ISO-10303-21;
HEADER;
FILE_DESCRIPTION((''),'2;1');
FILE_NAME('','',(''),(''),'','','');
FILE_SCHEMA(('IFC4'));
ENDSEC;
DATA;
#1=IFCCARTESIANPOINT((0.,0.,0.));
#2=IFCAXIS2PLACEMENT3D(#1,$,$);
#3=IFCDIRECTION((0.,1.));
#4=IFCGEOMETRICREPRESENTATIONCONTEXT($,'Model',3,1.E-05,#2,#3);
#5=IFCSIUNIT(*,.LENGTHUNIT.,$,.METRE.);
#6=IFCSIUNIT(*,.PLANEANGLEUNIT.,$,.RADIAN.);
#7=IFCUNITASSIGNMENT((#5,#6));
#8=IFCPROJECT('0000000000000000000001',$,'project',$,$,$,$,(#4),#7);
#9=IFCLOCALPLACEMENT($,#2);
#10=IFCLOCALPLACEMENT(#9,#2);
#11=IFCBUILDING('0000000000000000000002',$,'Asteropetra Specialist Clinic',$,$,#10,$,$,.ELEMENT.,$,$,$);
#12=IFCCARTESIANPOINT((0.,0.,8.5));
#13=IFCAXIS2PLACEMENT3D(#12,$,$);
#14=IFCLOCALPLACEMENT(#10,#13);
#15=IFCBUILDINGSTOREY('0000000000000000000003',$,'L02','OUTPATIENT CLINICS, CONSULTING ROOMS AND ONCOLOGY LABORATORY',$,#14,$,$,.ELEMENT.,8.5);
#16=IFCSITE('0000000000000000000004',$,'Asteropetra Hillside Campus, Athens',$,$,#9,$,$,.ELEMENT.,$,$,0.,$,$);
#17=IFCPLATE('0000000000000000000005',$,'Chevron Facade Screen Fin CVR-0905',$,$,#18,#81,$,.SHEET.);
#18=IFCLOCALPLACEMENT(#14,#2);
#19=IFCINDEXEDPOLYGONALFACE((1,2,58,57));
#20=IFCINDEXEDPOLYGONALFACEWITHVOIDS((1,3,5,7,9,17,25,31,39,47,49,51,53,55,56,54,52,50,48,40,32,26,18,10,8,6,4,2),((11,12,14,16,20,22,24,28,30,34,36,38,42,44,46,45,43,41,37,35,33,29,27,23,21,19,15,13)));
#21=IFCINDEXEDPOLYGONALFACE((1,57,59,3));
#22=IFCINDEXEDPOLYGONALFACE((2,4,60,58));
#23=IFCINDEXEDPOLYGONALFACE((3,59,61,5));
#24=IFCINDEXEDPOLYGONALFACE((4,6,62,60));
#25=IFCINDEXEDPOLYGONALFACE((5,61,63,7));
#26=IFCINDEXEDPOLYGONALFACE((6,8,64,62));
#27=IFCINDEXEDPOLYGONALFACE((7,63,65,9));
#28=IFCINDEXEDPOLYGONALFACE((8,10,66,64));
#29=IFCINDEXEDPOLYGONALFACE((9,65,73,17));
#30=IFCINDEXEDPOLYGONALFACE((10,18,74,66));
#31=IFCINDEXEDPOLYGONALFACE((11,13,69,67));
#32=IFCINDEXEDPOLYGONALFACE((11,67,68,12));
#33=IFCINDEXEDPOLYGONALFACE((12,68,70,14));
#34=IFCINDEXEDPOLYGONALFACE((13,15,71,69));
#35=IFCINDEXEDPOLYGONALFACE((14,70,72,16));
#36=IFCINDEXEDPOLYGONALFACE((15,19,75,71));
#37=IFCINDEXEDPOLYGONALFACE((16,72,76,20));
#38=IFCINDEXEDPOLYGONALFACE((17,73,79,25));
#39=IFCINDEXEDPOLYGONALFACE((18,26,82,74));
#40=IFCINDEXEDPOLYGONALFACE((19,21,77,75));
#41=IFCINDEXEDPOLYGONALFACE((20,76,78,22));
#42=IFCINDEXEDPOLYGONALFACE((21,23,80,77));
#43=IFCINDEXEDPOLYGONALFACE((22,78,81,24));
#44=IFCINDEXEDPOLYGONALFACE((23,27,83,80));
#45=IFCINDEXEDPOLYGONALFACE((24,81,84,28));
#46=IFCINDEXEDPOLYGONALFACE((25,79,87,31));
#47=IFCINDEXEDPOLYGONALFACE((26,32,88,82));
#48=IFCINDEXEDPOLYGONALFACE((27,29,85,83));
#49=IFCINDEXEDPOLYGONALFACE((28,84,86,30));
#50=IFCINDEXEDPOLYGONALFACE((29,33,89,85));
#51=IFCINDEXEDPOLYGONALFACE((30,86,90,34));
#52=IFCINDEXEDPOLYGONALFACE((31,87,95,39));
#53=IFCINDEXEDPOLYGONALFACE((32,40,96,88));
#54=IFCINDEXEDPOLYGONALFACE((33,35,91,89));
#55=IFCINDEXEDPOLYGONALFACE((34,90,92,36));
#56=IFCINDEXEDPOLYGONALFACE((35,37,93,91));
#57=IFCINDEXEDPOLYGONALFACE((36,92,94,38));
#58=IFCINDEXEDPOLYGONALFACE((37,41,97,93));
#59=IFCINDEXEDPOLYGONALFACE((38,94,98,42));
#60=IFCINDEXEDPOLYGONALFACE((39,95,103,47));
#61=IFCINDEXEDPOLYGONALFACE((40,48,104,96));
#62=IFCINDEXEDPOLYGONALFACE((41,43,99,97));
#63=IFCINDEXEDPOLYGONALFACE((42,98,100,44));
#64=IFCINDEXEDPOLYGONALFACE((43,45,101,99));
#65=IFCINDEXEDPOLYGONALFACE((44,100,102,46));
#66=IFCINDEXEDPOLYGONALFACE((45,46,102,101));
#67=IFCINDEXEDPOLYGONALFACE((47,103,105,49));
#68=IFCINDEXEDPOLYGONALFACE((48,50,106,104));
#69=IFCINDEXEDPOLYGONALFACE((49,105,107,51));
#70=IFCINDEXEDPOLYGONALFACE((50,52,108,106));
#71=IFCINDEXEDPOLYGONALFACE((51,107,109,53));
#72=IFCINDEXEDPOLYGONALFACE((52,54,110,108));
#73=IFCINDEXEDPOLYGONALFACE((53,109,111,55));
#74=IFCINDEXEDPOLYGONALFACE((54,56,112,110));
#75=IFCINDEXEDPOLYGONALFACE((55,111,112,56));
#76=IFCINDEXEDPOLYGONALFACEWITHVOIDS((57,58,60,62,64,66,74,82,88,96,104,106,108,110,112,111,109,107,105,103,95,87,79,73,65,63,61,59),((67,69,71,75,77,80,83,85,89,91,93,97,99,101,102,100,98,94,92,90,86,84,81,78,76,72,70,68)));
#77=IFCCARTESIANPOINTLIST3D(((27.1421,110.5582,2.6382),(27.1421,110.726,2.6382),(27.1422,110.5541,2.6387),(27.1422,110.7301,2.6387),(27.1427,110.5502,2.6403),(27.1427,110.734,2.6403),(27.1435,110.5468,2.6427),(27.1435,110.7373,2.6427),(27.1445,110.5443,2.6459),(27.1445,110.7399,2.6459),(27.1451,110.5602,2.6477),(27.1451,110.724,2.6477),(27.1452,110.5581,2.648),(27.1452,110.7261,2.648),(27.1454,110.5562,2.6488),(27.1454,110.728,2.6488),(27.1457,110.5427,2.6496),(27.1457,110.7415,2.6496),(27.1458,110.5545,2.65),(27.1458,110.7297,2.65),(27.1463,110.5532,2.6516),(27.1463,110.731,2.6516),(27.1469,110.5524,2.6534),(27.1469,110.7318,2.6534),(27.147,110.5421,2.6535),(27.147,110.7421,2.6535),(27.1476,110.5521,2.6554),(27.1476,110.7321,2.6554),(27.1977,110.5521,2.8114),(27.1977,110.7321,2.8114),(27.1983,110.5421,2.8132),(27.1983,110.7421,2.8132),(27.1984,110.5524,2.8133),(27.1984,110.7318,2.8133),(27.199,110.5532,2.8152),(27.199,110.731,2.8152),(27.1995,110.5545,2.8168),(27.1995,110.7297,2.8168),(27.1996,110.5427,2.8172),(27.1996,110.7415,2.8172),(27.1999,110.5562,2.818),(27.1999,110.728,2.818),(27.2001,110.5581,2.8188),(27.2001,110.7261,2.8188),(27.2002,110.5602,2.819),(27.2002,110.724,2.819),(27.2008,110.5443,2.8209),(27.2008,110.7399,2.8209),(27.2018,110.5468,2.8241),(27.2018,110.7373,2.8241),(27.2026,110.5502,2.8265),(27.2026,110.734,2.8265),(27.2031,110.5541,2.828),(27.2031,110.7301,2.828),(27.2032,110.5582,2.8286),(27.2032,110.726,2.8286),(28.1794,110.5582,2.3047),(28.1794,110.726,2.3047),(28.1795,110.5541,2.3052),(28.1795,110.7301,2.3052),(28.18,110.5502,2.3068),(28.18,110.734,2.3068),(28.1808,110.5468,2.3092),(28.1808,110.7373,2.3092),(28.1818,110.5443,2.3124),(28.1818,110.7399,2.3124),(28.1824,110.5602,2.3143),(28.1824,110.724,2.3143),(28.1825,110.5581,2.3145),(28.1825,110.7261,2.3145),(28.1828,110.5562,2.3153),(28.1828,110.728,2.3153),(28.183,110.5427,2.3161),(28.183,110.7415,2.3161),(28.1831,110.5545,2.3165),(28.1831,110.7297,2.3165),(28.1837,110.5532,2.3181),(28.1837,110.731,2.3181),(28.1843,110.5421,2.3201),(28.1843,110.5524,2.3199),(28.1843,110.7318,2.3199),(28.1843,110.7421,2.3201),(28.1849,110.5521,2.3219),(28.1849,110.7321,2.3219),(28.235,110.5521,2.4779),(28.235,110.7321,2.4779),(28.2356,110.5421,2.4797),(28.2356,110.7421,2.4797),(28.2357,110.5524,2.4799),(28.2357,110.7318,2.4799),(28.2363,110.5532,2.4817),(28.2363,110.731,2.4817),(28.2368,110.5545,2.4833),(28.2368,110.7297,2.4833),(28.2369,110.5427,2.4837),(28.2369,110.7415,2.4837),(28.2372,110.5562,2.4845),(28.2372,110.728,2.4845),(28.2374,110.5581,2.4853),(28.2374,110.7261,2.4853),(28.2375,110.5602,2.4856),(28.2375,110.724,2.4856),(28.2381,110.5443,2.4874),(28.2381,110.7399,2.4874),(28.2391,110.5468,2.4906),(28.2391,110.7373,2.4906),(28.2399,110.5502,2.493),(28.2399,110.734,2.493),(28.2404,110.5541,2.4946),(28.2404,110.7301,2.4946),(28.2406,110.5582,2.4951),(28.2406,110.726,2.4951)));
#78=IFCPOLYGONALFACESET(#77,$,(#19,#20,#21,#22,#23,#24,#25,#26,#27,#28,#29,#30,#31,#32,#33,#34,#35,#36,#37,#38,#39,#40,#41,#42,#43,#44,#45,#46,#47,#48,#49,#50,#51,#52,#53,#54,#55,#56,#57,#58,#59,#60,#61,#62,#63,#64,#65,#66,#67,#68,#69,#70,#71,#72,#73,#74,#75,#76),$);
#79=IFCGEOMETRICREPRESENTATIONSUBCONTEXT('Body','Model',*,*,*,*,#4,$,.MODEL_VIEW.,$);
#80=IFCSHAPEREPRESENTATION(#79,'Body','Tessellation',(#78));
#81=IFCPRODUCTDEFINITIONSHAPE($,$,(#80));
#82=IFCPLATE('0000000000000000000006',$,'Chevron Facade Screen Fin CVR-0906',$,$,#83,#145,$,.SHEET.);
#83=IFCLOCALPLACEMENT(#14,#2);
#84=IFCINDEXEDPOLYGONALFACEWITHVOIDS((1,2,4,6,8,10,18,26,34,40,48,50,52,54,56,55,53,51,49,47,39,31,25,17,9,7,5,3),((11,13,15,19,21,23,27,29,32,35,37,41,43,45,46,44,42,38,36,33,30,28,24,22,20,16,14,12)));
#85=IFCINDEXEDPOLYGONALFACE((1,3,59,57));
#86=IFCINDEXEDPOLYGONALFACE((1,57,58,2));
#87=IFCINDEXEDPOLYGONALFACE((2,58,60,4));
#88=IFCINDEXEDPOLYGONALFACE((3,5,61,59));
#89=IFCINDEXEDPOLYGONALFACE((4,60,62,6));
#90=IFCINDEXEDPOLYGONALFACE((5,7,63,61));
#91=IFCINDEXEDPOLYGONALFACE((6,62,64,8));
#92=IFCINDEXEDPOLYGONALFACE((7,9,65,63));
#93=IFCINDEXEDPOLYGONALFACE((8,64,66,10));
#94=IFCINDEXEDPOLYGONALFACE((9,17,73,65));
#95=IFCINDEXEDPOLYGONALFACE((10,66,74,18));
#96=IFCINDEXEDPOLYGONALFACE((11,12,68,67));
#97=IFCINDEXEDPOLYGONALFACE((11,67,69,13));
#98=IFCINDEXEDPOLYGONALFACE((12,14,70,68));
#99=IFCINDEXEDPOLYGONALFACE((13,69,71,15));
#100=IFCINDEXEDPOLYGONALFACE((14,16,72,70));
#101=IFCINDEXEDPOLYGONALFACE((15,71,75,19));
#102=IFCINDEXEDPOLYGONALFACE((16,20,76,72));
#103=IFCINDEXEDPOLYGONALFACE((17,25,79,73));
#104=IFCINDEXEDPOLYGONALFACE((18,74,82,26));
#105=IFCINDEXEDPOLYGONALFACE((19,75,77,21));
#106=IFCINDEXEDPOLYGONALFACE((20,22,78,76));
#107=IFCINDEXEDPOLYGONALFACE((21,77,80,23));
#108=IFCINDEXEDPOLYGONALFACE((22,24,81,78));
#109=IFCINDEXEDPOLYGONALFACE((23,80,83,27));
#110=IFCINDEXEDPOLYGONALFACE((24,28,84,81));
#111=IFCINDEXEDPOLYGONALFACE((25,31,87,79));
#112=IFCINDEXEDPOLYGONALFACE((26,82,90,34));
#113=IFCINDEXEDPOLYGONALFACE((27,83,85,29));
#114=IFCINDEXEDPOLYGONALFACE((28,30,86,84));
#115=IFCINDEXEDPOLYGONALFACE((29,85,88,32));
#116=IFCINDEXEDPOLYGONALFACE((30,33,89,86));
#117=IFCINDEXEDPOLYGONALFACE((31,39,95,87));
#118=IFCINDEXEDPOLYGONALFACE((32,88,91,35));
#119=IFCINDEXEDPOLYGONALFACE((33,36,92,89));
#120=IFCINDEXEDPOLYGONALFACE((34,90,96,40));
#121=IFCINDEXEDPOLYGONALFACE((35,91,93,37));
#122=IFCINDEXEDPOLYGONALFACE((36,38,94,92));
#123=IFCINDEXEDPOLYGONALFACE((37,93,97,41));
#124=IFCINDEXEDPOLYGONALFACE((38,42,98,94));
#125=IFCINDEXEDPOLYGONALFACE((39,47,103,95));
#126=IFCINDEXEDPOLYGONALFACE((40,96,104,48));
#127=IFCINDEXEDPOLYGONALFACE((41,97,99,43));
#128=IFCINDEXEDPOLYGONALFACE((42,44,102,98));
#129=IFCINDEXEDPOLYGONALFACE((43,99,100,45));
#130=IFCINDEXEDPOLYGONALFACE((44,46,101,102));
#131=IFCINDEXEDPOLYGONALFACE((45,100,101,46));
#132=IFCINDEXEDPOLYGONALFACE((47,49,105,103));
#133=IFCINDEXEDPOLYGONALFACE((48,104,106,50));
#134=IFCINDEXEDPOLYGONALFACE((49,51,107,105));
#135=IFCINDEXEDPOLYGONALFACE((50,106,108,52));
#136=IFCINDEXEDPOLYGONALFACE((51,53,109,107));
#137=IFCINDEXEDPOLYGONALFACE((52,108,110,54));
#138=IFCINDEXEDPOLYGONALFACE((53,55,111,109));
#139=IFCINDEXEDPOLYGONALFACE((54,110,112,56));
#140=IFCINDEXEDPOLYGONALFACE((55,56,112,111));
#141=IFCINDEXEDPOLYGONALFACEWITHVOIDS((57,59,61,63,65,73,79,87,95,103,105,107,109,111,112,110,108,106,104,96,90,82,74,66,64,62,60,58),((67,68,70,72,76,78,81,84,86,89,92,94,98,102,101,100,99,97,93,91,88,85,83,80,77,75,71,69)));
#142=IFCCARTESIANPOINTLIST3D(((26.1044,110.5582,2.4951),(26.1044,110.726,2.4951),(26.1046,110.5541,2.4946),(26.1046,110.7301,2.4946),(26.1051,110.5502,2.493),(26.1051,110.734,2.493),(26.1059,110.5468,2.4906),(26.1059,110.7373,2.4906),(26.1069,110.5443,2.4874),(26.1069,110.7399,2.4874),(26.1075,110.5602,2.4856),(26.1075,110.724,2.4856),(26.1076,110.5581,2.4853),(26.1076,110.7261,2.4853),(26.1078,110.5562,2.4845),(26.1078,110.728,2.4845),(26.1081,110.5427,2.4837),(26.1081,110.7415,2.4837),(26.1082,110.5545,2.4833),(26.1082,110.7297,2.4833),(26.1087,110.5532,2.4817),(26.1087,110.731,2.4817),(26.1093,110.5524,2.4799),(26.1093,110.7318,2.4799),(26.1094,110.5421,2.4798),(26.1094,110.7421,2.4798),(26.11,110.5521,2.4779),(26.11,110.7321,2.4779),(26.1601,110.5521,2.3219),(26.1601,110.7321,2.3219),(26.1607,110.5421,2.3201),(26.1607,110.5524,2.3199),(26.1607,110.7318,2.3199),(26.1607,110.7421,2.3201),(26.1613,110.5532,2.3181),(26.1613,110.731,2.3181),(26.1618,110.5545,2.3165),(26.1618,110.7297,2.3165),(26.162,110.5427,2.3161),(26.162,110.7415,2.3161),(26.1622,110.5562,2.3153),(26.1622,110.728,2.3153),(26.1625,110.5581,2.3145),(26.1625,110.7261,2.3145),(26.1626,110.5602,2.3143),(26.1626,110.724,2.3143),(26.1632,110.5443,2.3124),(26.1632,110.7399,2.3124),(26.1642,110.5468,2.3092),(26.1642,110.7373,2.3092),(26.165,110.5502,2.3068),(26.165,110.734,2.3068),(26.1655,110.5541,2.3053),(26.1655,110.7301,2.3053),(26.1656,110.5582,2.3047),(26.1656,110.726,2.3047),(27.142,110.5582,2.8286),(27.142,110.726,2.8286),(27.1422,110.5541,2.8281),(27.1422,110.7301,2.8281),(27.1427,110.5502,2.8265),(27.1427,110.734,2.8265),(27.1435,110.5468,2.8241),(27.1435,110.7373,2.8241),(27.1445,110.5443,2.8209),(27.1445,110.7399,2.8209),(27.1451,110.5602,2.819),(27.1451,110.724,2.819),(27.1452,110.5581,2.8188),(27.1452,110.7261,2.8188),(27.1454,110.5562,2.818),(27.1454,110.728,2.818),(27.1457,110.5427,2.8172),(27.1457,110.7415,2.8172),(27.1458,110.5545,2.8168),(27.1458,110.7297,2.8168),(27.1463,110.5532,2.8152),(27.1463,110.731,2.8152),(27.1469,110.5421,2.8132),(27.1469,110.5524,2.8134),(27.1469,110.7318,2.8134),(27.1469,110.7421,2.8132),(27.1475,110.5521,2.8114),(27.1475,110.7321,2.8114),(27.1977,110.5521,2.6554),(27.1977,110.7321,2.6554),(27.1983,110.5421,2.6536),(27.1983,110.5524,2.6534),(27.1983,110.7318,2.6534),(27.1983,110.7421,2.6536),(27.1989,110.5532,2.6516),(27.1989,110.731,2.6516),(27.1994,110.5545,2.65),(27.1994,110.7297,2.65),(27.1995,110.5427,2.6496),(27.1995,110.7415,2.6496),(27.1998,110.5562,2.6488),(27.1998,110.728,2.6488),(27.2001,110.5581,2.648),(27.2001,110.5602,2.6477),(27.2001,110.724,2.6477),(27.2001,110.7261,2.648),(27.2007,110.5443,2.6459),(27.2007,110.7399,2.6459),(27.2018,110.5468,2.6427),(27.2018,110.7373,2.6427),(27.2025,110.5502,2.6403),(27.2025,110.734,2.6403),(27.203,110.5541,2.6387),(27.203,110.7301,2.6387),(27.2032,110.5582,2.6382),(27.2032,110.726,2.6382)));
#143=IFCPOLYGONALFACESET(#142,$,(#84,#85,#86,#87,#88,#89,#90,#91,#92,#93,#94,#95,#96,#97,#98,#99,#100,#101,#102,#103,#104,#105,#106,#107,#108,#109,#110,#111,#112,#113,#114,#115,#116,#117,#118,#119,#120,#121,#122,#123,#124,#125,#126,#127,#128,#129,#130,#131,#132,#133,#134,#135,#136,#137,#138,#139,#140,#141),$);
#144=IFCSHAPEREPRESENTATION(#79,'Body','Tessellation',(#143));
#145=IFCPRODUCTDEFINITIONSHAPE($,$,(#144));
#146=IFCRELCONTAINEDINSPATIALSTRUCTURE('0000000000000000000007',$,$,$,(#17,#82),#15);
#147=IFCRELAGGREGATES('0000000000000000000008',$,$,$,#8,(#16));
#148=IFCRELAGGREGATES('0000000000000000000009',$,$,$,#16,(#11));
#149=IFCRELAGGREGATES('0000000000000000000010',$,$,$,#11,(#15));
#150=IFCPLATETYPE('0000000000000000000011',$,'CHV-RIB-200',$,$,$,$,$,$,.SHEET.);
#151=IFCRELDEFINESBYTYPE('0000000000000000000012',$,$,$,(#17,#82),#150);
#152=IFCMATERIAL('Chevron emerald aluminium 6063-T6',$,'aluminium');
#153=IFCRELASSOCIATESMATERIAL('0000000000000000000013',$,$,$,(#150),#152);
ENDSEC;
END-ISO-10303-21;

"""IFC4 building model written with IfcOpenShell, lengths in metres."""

from ifc_helpers import new_model, si_unit, direction, frame, origin, origin_2d, place, context, subcontext, project, spatial, hollow_rectangle, extrude, material, material_profile, profile_set, type_object, element, save


model = new_model("IFC4")

# Units and contexts
model_context = context("Model", 3, precision=1e-05, world=origin(), true_north=direction((0.0, 1.0)))
body_context = subcontext(model_context, "Body", "Model", "MODEL_VIEW")
ifc_project = project(units=[si_unit("LENGTHUNIT", "METRE"), si_unit("PLANEANGLEUNIT", "RADIAN")], contexts=[model_context])

# Site, building, storey
site_placement = place(None, origin())
site = spatial("IfcSite", under=ifc_project, at=site_placement, Name="Asteropetra Hillside Campus, Athens", CompositionType="ELEMENT", RefElevation=0.0)
building_placement = place(site_placement, origin())
building = spatial("IfcBuilding", under=site, at=building_placement, Name="Asteropetra Specialist Clinic", CompositionType="ELEMENT")
storey_placement = place(building_placement, frame((0.0, 0.0, 8.5)))
storey = spatial("IfcBuildingStorey", under=building, at=storey_placement, Name="L02", Description="OUTPATIENT CLINICS, CONSULTING ROOMS AND ONCOLOGY LABORATORY", CompositionType="ELEMENT", Elevation=8.5)

# Plates
ifc_material_1 = material(Name="Chevron emerald aluminium 6063-T6", Category="aluminium")
ifc_material_profile = material_profile(ifc_material_1, hollow_rectangle(XDim=0.2, YDim=0.2, WallThickness=0.01, InnerFilletRadius=0.0081, OuterFilletRadius=0.0161, at=origin_2d()), Name="SHS 200x200x10.0")
ifc_profile_set = profile_set([ifc_material_profile], Name="Chevron emerald aluminium 6063-T6")
plate_type_1 = type_object("IfcPlateType", Name="CHV-RIB-200", PredefinedType="SHEET", material=ifc_profile_set)
plate_1_placement = place(storey_placement, frame((28.21, 110.6421, 2.3999), z_axis=(-0.952012, 0.0, 0.30606), x_axis=(0.0, -1.0, 0.0)))
element("IfcPlate", 1, at=plate_1_placement, inside=storey, type_object=plate_type_1, Name="Chevron Facade Screen Fin CVR-0905", PredefinedType="SHEET", context=body_context, shape_type="SweptSolid", body=[
    extrude(hollow_rectangle(XDim=0.2, YDim=0.2, WallThickness=0.01, InnerFilletRadius=0.0081, OuterFilletRadius=0.0161, at=origin_2d()), origin(), (0.0, 0.0, 1.0), 1.0896),
])
for number, where, z_axis, x_axis, name in (
    (2, (27.1726, 110.6421, 2.7334), (-0.952033, 0.0, -0.305995), (0.0, -1.0, 0.0), "Chevron Facade Screen Fin CVR-0906"),
):
    element("IfcPlate", number, at=place(storey_placement, frame(where, z_axis=z_axis, x_axis=x_axis)), inside=storey, type_object=plate_type_1, Name=name, PredefinedType="SHEET", context=body_context, shape_type="SweptSolid", body=[
        extrude(hollow_rectangle(XDim=0.2, YDim=0.2, WallThickness=0.01, InnerFilletRadius=0.0081, OuterFilletRadius=0.0161, at=origin_2d()), origin(), (0.0, 0.0, 1.0), 1.0898),
    ])

save(model, "model.ifc")
